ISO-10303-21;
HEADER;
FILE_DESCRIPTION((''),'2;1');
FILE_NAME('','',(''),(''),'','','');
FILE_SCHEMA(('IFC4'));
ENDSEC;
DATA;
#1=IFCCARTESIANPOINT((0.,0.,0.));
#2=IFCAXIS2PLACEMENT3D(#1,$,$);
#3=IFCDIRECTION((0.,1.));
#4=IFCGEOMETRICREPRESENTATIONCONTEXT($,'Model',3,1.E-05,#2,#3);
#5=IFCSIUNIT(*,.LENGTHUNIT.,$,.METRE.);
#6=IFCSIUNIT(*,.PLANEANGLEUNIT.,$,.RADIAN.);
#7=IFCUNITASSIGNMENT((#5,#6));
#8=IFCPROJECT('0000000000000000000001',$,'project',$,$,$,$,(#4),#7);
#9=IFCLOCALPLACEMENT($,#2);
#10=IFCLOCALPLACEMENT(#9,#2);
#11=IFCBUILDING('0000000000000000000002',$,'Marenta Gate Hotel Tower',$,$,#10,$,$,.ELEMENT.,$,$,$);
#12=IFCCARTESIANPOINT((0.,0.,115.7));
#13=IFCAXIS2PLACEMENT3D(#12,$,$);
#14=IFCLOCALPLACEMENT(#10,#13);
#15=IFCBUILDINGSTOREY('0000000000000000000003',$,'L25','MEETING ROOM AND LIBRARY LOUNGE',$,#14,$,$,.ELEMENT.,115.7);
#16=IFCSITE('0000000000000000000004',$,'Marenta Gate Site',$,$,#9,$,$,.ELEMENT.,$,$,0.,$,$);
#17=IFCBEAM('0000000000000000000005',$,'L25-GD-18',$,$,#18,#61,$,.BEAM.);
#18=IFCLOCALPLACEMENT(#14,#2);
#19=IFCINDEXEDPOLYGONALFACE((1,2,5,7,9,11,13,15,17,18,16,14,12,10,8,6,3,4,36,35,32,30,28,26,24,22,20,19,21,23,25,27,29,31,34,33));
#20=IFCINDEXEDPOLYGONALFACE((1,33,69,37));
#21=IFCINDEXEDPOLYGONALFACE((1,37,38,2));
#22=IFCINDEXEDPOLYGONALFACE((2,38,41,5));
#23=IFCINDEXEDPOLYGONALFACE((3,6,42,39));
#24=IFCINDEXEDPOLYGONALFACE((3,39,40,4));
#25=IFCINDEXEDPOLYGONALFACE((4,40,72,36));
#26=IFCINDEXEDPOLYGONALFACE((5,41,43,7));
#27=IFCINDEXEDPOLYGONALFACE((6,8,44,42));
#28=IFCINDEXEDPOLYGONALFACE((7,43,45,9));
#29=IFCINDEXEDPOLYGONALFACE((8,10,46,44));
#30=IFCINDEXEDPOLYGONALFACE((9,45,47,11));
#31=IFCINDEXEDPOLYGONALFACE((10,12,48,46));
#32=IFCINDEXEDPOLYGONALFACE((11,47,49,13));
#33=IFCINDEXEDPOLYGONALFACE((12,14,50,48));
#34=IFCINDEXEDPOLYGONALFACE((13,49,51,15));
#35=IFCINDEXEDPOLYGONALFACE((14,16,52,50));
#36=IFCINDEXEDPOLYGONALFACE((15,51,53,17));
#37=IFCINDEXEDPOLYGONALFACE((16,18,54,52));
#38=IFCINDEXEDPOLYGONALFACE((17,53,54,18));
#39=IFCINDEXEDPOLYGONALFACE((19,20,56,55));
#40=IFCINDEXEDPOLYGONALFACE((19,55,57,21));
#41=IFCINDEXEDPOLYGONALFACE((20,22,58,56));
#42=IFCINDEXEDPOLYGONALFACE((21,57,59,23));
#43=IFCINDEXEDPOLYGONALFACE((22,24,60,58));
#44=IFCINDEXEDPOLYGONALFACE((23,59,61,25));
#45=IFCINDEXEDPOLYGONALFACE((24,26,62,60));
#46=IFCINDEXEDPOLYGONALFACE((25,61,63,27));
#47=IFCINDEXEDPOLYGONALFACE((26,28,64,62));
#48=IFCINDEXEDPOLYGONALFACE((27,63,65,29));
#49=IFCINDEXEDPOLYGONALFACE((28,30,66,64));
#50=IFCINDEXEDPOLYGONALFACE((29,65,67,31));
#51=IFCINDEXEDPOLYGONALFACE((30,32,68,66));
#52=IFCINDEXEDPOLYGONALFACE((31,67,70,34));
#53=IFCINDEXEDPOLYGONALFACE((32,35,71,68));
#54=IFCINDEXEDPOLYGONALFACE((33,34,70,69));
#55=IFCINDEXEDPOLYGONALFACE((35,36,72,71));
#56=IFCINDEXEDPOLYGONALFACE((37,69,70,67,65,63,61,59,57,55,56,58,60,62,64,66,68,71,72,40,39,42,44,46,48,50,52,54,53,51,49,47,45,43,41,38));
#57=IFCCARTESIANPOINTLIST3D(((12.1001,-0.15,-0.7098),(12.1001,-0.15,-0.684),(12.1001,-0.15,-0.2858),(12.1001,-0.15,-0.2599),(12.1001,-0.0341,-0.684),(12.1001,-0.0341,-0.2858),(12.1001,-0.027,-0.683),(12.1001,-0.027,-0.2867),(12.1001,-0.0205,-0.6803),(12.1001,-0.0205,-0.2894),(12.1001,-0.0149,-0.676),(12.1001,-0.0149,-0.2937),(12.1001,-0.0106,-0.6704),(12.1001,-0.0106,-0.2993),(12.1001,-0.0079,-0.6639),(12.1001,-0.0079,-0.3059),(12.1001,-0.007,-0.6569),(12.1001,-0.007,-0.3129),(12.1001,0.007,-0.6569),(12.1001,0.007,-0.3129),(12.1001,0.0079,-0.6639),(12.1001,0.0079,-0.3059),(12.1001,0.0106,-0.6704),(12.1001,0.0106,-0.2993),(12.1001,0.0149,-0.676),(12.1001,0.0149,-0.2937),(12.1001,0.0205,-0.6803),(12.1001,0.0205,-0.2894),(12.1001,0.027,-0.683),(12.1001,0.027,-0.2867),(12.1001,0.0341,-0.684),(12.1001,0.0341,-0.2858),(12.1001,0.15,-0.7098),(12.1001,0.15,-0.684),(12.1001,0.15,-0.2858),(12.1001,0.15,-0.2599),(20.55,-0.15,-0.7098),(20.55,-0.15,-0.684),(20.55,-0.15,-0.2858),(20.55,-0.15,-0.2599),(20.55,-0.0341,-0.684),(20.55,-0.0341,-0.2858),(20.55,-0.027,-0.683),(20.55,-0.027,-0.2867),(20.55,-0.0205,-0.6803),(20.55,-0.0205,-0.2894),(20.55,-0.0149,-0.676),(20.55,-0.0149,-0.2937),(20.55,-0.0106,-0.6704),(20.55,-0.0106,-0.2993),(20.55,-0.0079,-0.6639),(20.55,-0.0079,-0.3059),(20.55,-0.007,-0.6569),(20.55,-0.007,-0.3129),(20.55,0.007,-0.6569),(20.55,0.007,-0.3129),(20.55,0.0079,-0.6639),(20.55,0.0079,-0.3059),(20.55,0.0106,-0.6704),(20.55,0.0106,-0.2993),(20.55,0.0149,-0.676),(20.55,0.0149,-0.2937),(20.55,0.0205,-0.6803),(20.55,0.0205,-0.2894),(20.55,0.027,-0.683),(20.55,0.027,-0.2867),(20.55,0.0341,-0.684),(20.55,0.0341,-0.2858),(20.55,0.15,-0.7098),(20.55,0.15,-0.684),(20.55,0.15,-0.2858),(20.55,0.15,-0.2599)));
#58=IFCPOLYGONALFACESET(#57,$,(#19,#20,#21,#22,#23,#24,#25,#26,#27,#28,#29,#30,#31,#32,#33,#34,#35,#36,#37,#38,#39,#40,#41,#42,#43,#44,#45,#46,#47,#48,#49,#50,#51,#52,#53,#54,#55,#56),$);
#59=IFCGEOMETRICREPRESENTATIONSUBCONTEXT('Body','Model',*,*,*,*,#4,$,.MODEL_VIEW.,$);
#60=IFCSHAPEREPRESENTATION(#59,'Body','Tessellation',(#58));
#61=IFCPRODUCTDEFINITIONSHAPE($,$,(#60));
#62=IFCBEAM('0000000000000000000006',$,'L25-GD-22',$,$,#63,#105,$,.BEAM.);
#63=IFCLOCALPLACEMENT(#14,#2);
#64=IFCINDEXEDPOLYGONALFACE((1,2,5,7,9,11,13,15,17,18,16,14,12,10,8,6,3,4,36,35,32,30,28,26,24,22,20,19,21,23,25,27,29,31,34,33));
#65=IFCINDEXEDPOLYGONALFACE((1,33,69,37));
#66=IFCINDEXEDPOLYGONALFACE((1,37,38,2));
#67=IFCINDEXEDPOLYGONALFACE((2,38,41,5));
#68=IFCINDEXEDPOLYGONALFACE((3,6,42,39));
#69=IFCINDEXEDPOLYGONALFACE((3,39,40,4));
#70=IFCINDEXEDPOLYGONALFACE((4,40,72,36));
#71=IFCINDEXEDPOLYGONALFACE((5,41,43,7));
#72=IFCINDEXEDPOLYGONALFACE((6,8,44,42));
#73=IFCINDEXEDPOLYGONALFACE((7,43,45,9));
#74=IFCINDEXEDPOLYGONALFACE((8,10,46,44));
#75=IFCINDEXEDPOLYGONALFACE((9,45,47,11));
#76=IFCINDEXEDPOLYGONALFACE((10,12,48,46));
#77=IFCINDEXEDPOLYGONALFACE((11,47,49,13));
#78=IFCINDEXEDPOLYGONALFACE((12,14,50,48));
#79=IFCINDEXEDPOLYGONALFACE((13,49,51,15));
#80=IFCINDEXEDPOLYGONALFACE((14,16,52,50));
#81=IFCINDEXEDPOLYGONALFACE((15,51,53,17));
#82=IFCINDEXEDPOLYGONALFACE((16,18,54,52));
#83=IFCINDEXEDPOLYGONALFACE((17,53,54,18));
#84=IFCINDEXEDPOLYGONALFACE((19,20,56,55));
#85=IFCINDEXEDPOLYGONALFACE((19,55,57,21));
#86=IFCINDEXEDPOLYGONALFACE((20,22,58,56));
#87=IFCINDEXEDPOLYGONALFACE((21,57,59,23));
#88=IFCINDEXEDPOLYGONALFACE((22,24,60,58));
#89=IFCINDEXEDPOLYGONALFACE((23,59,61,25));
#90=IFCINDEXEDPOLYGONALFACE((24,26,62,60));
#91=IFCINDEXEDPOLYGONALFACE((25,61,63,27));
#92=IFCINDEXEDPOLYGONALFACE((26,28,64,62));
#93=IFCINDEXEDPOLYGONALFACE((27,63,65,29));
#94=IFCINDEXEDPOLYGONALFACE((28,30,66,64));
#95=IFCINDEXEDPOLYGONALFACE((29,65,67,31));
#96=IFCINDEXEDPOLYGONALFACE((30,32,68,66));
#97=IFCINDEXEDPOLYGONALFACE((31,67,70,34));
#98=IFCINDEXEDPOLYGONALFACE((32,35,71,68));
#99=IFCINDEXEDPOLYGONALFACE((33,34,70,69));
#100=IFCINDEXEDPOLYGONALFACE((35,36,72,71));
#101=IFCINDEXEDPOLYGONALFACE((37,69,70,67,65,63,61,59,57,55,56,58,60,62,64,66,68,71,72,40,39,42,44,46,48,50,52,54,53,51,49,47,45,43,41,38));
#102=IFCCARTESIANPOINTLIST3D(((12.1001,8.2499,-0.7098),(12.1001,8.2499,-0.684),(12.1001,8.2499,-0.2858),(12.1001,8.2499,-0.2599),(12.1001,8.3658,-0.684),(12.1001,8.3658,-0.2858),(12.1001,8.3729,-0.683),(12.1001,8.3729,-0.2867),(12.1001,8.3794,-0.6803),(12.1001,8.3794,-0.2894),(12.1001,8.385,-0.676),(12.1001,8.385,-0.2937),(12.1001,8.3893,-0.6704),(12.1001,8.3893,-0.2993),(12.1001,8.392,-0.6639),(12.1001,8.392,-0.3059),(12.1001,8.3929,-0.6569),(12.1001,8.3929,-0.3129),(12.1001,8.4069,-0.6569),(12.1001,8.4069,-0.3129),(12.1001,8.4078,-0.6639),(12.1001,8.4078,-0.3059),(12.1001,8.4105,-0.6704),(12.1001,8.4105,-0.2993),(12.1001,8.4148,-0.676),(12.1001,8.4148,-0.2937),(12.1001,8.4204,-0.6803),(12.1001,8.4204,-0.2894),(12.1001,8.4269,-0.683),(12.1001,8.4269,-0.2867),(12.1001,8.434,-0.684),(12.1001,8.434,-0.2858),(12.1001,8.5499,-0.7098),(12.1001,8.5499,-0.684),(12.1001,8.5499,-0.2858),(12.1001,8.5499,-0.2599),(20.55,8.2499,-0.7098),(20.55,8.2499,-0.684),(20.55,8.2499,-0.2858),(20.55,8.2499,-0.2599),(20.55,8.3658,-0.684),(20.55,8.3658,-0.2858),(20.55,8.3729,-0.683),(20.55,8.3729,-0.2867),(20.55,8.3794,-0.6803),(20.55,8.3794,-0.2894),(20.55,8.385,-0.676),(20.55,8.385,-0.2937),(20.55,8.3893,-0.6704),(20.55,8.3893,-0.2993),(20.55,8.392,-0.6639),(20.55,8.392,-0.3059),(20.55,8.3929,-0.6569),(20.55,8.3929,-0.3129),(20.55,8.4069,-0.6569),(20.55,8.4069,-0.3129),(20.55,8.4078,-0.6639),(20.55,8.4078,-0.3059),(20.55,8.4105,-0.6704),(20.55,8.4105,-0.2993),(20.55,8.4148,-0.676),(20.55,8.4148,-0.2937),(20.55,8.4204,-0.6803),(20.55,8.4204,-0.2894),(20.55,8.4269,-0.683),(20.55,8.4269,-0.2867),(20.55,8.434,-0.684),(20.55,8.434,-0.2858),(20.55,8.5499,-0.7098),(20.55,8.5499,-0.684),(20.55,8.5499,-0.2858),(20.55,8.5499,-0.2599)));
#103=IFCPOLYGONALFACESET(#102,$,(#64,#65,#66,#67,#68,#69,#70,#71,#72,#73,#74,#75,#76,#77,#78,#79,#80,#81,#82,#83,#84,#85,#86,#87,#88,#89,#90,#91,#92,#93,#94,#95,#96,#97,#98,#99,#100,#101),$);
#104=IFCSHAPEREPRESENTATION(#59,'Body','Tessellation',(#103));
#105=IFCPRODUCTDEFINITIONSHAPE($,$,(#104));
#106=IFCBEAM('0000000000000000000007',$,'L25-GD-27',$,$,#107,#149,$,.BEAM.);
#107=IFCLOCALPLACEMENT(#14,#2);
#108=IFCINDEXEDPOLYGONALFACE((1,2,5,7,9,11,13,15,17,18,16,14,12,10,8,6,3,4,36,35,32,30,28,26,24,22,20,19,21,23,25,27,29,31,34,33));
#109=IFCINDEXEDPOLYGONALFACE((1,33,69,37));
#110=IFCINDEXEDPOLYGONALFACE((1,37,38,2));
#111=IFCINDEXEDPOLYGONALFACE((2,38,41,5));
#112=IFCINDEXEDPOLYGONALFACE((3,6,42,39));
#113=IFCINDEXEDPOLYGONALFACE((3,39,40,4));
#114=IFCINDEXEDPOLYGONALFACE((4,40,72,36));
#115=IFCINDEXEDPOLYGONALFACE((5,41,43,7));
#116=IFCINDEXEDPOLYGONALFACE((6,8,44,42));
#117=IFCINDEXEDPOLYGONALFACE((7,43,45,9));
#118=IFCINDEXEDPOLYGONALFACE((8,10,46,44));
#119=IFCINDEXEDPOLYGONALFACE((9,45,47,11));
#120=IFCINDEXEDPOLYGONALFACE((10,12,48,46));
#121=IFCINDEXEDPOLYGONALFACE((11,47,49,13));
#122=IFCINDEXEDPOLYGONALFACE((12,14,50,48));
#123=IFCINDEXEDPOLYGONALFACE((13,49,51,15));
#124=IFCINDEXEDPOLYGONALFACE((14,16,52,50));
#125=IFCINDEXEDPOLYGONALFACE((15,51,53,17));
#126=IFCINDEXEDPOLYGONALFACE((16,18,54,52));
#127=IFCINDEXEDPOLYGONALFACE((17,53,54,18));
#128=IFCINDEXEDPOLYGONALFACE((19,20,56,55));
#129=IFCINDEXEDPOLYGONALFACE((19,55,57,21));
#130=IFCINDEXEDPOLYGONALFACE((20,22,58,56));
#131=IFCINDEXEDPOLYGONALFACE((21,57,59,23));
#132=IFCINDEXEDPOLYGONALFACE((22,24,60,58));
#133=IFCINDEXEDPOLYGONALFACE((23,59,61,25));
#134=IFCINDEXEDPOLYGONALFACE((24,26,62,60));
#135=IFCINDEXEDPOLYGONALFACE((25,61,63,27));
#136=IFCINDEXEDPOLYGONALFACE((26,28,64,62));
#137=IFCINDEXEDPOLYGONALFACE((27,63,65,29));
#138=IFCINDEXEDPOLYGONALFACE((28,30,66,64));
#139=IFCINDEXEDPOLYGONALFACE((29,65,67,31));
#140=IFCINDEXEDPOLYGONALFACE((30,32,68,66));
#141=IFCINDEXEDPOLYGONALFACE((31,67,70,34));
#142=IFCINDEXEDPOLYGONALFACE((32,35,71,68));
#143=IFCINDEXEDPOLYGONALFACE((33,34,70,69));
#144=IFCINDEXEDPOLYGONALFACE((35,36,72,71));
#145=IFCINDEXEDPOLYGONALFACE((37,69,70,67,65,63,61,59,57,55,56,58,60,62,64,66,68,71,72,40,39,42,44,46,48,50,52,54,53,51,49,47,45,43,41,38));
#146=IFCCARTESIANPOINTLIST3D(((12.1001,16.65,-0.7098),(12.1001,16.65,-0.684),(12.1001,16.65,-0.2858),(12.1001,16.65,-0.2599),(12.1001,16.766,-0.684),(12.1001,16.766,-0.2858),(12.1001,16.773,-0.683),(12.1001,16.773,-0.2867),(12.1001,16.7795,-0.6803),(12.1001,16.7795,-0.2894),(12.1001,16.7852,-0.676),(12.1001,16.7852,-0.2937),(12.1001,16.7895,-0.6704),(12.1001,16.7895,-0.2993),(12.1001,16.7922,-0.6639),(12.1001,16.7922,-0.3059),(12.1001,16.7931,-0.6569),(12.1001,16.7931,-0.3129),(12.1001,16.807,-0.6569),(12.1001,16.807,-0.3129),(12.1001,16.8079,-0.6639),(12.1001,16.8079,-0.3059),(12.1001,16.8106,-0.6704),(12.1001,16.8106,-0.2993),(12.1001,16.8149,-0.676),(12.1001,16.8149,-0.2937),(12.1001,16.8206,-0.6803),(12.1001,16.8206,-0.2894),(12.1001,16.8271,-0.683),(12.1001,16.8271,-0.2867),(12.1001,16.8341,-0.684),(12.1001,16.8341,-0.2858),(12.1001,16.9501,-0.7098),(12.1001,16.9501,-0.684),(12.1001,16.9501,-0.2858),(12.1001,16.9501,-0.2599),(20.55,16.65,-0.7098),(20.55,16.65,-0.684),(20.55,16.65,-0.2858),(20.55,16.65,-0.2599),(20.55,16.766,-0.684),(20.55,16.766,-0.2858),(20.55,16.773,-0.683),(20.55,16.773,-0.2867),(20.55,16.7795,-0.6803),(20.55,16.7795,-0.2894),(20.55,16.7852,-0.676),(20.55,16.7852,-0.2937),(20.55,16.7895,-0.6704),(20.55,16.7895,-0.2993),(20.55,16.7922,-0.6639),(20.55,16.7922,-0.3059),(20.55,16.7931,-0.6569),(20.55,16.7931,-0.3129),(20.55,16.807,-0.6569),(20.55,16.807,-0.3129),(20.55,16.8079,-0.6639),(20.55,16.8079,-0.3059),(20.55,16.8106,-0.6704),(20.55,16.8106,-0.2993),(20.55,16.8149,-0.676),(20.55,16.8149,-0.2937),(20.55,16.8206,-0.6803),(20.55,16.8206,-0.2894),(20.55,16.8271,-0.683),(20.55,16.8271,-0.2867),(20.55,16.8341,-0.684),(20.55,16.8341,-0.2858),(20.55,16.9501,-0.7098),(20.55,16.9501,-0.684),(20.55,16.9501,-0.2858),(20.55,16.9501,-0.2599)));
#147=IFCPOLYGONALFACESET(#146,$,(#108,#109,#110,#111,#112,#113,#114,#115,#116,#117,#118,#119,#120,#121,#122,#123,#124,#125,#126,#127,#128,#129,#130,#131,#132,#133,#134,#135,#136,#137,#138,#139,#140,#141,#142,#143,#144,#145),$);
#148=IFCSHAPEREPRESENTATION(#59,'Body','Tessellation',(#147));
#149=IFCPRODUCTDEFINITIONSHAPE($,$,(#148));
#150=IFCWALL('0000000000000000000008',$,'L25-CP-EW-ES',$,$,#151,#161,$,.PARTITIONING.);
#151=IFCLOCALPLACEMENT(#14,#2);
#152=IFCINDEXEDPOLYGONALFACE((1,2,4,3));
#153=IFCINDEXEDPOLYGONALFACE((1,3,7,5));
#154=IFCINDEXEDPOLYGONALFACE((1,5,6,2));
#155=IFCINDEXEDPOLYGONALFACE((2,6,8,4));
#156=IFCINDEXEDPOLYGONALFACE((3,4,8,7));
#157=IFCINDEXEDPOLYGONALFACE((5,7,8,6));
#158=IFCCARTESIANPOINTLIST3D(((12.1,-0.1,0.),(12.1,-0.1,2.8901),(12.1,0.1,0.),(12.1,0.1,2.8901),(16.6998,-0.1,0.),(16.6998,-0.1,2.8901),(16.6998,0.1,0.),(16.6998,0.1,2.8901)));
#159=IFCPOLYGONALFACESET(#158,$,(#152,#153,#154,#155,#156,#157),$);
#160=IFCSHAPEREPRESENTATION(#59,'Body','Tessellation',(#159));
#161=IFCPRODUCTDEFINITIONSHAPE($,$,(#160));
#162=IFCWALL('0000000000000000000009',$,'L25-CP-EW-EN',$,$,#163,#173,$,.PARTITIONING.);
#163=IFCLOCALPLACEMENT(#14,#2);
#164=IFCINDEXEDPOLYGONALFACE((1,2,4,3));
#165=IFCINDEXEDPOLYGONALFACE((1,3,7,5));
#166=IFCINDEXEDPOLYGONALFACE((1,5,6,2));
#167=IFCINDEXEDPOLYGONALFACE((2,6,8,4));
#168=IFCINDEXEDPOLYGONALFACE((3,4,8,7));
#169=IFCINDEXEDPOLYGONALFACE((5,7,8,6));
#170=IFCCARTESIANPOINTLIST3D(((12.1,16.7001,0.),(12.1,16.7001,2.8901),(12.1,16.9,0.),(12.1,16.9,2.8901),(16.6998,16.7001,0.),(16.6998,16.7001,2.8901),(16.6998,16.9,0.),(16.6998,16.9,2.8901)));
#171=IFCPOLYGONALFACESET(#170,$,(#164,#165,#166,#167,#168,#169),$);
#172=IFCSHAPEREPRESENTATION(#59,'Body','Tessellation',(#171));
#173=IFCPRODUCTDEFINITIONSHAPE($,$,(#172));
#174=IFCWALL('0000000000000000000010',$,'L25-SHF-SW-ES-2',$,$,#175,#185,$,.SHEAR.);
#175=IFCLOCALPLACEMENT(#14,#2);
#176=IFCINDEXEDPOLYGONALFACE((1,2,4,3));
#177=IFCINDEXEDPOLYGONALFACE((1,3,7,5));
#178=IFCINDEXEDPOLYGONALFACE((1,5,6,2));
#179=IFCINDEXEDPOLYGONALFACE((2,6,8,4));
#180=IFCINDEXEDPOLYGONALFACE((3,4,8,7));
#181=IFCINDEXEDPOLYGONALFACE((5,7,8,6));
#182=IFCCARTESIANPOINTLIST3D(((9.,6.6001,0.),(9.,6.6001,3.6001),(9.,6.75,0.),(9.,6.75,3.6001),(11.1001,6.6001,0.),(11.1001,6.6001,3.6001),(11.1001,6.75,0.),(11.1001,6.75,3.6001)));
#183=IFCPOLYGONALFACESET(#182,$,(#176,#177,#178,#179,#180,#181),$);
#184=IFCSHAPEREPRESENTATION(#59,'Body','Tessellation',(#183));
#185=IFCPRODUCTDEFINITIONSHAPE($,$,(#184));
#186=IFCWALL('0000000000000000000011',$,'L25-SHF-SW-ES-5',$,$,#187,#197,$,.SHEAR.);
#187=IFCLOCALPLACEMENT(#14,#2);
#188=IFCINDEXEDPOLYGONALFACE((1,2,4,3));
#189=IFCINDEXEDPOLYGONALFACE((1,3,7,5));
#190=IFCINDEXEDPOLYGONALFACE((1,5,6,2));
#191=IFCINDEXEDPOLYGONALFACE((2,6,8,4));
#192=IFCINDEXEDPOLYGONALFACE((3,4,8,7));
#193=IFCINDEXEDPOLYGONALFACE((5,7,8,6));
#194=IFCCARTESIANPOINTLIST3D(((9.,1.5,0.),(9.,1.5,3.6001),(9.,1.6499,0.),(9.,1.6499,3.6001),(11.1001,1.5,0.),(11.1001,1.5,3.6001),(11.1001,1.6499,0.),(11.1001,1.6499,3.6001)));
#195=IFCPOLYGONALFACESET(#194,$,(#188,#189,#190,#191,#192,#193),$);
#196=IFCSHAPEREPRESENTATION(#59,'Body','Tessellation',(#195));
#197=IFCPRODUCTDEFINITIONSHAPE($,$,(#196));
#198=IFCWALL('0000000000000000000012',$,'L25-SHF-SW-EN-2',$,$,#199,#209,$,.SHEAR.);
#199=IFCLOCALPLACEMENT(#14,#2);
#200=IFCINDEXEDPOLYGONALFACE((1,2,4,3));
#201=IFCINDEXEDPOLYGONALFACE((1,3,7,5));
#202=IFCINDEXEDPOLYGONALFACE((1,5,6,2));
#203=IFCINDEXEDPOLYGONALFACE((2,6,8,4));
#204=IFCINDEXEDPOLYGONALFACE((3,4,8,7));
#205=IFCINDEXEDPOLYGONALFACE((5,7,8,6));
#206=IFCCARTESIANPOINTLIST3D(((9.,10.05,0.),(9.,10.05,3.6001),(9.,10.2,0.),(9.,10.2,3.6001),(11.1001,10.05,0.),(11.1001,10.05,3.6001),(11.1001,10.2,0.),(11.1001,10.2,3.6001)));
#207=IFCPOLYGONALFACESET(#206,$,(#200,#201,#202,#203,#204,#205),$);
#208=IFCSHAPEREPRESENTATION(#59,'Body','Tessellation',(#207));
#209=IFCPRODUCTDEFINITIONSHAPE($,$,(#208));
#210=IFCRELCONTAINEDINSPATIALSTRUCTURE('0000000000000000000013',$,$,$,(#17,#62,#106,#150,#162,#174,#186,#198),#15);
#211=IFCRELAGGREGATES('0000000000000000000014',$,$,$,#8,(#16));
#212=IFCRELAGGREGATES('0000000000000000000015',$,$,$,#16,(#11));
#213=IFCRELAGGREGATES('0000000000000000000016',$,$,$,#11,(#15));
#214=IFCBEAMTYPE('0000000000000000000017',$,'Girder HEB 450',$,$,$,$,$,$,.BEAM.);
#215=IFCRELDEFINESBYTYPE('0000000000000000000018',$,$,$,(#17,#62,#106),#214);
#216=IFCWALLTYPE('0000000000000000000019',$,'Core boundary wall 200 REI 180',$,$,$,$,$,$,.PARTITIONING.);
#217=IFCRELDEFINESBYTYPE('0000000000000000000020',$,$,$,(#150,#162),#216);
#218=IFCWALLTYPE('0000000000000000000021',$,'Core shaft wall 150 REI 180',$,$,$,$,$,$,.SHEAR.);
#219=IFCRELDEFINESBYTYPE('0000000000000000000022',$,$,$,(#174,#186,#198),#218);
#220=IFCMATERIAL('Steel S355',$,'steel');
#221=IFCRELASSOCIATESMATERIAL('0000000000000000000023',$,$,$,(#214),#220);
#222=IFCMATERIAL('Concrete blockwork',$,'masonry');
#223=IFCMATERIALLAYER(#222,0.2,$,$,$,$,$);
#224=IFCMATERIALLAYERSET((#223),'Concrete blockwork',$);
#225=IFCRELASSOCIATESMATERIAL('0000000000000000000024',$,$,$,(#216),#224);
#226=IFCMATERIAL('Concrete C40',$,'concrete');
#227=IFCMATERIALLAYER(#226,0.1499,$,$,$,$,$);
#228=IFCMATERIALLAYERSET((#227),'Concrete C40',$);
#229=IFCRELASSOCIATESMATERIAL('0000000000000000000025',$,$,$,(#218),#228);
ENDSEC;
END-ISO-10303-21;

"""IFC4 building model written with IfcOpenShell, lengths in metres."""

from ifc_helpers import new_model, si_unit, direction, frame, frame_2d, origin, origin_2d, place, context, subcontext, project, spatial, rectangle, i_section, extrude, material, layer, layer_set, material_profile, profile_set, type_object, element, save


model = new_model("IFC4")

# Units and contexts
model_context = context("Model", 3, precision=1e-05, world=origin(), true_north=direction((0.0, 1.0)))
body_context = subcontext(model_context, "Body", "Model", "MODEL_VIEW")
ifc_project = project(units=[si_unit("LENGTHUNIT", "METRE"), si_unit("PLANEANGLEUNIT", "RADIAN")], contexts=[model_context])

# Site, building, storey
site_placement = place(None, origin())
site = spatial("IfcSite", under=ifc_project, at=site_placement, Name="Marenta Gate Site", CompositionType="ELEMENT", RefElevation=0.0)
building_placement = place(site_placement, origin())
building = spatial("IfcBuilding", under=site, at=building_placement, Name="Marenta Gate Hotel Tower", CompositionType="ELEMENT")
storey_placement = place(building_placement, frame((0.0, 0.0, 115.7)))
storey = spatial("IfcBuildingStorey", under=building, at=storey_placement, Name="L25", Description="MEETING ROOM AND LIBRARY LOUNGE", CompositionType="ELEMENT", Elevation=115.7)

# Beams
ifc_material_1 = material(Name="Steel S355", Category="steel")
ifc_material_profile = material_profile(ifc_material_1, i_section(OverallWidth=0.3, OverallDepth=0.45, WebThickness=0.0139, FlangeThickness=0.0259, FilletRadius=0.0271, at=origin_2d()), Name="HEB 450")
ifc_profile_set = profile_set([ifc_material_profile], Name="Steel S355")
beam_type = type_object("IfcBeamType", Name="Girder HEB 450", PredefinedType="BEAM", material=ifc_profile_set)
for number, where, z_axis, x_axis, name in (
    (1, (12.1001, 0.0, -0.4849), (1.0, 0.0, 0.0), (0.0, 1.0, 0.0), "L25-GD-18"),
    (2, (12.1001, 8.3999, -0.4849), (1.0, 0.0, 0.0), (0.0, 1.0, 0.0), "L25-GD-22"),
    (3, (12.1001, 16.8, -0.4849), (1.0, 0.0, 0.0), (0.0, 1.0, 0.0), "L25-GD-27"),
):
    element("IfcBeam", number, at=place(storey_placement, frame(where, z_axis=z_axis, x_axis=x_axis)), inside=storey, type_object=beam_type, Name=name, PredefinedType="BEAM", context=body_context, shape_type="SweptSolid", body=[
        extrude(i_section(OverallWidth=0.3, OverallDepth=0.45, WebThickness=0.0139, FlangeThickness=0.0259, FilletRadius=0.0271, at=origin_2d()), origin(), (0.0, 0.0, 1.0), 8.45),
    ])

# Walls
ifc_material_2 = material(Name="Concrete blockwork", Category="masonry")
ifc_layer_1 = layer(ifc_material_2, 0.2)
ifc_layer_set_1 = layer_set([ifc_layer_1], Name="Concrete blockwork")
wall_type_1 = type_object("IfcWallType", Name="Core boundary wall 200 REI 180", PredefinedType="PARTITIONING", material=ifc_layer_set_1)
for number, where, z_axis, x_axis, name in (
    (4, (12.1001, 0.0, 0.0), (0.0, 0.0, 1.0), (1.0, 0.0, 0.0), "L25-CP-EW-ES"),
    (5, (12.1001, 16.8, 0.0), (0.0, 0.0, 1.0), (1.0, 0.0, 0.0), "L25-CP-EW-EN"),
):
    element("IfcWall", number, at=place(storey_placement, frame(where, z_axis=z_axis, x_axis=x_axis)), inside=storey, type_object=wall_type_1, Name=name, PredefinedType="PARTITIONING", context=body_context, shape_type="SweptSolid", body=[
        extrude(rectangle(XDim=4.5999, YDim=0.2, at=frame_2d((2.2998, 0.0))), origin(), (0.0, 0.0, 1.0), 2.8901),
    ])
ifc_material_3 = material(Name="Concrete C40", Category="concrete")
ifc_layer_2 = layer(ifc_material_3, 0.1499)
ifc_layer_set_2 = layer_set([ifc_layer_2], Name="Concrete C40")
wall_type_2 = type_object("IfcWallType", Name="Core shaft wall 150 REI 180", PredefinedType="SHEAR", material=ifc_layer_set_2)
for number, where, z_axis, x_axis, name in (
    (6, (9.0, 6.675, 0.0), (0.0, 0.0, 1.0), (1.0, 0.0, 0.0), "L25-SHF-SW-ES-2"),
    (7, (9.0, 1.575, 0.0), (0.0, 0.0, 1.0), (1.0, 0.0, 0.0), "L25-SHF-SW-ES-5"),
    (8, (9.0, 10.125, 0.0), (0.0, 0.0, 1.0), (1.0, 0.0, 0.0), "L25-SHF-SW-EN-2"),
):
    element("IfcWall", number, at=place(storey_placement, frame(where, z_axis=z_axis, x_axis=x_axis)), inside=storey, type_object=wall_type_2, Name=name, PredefinedType="SHEAR", context=body_context, shape_type="SweptSolid", body=[
        extrude(rectangle(XDim=2.1001, YDim=0.1499, at=frame_2d((1.05, 0.0))), origin(), (0.0, 0.0, 1.0), 3.6001),
    ])

save(model, "model.ifc")
